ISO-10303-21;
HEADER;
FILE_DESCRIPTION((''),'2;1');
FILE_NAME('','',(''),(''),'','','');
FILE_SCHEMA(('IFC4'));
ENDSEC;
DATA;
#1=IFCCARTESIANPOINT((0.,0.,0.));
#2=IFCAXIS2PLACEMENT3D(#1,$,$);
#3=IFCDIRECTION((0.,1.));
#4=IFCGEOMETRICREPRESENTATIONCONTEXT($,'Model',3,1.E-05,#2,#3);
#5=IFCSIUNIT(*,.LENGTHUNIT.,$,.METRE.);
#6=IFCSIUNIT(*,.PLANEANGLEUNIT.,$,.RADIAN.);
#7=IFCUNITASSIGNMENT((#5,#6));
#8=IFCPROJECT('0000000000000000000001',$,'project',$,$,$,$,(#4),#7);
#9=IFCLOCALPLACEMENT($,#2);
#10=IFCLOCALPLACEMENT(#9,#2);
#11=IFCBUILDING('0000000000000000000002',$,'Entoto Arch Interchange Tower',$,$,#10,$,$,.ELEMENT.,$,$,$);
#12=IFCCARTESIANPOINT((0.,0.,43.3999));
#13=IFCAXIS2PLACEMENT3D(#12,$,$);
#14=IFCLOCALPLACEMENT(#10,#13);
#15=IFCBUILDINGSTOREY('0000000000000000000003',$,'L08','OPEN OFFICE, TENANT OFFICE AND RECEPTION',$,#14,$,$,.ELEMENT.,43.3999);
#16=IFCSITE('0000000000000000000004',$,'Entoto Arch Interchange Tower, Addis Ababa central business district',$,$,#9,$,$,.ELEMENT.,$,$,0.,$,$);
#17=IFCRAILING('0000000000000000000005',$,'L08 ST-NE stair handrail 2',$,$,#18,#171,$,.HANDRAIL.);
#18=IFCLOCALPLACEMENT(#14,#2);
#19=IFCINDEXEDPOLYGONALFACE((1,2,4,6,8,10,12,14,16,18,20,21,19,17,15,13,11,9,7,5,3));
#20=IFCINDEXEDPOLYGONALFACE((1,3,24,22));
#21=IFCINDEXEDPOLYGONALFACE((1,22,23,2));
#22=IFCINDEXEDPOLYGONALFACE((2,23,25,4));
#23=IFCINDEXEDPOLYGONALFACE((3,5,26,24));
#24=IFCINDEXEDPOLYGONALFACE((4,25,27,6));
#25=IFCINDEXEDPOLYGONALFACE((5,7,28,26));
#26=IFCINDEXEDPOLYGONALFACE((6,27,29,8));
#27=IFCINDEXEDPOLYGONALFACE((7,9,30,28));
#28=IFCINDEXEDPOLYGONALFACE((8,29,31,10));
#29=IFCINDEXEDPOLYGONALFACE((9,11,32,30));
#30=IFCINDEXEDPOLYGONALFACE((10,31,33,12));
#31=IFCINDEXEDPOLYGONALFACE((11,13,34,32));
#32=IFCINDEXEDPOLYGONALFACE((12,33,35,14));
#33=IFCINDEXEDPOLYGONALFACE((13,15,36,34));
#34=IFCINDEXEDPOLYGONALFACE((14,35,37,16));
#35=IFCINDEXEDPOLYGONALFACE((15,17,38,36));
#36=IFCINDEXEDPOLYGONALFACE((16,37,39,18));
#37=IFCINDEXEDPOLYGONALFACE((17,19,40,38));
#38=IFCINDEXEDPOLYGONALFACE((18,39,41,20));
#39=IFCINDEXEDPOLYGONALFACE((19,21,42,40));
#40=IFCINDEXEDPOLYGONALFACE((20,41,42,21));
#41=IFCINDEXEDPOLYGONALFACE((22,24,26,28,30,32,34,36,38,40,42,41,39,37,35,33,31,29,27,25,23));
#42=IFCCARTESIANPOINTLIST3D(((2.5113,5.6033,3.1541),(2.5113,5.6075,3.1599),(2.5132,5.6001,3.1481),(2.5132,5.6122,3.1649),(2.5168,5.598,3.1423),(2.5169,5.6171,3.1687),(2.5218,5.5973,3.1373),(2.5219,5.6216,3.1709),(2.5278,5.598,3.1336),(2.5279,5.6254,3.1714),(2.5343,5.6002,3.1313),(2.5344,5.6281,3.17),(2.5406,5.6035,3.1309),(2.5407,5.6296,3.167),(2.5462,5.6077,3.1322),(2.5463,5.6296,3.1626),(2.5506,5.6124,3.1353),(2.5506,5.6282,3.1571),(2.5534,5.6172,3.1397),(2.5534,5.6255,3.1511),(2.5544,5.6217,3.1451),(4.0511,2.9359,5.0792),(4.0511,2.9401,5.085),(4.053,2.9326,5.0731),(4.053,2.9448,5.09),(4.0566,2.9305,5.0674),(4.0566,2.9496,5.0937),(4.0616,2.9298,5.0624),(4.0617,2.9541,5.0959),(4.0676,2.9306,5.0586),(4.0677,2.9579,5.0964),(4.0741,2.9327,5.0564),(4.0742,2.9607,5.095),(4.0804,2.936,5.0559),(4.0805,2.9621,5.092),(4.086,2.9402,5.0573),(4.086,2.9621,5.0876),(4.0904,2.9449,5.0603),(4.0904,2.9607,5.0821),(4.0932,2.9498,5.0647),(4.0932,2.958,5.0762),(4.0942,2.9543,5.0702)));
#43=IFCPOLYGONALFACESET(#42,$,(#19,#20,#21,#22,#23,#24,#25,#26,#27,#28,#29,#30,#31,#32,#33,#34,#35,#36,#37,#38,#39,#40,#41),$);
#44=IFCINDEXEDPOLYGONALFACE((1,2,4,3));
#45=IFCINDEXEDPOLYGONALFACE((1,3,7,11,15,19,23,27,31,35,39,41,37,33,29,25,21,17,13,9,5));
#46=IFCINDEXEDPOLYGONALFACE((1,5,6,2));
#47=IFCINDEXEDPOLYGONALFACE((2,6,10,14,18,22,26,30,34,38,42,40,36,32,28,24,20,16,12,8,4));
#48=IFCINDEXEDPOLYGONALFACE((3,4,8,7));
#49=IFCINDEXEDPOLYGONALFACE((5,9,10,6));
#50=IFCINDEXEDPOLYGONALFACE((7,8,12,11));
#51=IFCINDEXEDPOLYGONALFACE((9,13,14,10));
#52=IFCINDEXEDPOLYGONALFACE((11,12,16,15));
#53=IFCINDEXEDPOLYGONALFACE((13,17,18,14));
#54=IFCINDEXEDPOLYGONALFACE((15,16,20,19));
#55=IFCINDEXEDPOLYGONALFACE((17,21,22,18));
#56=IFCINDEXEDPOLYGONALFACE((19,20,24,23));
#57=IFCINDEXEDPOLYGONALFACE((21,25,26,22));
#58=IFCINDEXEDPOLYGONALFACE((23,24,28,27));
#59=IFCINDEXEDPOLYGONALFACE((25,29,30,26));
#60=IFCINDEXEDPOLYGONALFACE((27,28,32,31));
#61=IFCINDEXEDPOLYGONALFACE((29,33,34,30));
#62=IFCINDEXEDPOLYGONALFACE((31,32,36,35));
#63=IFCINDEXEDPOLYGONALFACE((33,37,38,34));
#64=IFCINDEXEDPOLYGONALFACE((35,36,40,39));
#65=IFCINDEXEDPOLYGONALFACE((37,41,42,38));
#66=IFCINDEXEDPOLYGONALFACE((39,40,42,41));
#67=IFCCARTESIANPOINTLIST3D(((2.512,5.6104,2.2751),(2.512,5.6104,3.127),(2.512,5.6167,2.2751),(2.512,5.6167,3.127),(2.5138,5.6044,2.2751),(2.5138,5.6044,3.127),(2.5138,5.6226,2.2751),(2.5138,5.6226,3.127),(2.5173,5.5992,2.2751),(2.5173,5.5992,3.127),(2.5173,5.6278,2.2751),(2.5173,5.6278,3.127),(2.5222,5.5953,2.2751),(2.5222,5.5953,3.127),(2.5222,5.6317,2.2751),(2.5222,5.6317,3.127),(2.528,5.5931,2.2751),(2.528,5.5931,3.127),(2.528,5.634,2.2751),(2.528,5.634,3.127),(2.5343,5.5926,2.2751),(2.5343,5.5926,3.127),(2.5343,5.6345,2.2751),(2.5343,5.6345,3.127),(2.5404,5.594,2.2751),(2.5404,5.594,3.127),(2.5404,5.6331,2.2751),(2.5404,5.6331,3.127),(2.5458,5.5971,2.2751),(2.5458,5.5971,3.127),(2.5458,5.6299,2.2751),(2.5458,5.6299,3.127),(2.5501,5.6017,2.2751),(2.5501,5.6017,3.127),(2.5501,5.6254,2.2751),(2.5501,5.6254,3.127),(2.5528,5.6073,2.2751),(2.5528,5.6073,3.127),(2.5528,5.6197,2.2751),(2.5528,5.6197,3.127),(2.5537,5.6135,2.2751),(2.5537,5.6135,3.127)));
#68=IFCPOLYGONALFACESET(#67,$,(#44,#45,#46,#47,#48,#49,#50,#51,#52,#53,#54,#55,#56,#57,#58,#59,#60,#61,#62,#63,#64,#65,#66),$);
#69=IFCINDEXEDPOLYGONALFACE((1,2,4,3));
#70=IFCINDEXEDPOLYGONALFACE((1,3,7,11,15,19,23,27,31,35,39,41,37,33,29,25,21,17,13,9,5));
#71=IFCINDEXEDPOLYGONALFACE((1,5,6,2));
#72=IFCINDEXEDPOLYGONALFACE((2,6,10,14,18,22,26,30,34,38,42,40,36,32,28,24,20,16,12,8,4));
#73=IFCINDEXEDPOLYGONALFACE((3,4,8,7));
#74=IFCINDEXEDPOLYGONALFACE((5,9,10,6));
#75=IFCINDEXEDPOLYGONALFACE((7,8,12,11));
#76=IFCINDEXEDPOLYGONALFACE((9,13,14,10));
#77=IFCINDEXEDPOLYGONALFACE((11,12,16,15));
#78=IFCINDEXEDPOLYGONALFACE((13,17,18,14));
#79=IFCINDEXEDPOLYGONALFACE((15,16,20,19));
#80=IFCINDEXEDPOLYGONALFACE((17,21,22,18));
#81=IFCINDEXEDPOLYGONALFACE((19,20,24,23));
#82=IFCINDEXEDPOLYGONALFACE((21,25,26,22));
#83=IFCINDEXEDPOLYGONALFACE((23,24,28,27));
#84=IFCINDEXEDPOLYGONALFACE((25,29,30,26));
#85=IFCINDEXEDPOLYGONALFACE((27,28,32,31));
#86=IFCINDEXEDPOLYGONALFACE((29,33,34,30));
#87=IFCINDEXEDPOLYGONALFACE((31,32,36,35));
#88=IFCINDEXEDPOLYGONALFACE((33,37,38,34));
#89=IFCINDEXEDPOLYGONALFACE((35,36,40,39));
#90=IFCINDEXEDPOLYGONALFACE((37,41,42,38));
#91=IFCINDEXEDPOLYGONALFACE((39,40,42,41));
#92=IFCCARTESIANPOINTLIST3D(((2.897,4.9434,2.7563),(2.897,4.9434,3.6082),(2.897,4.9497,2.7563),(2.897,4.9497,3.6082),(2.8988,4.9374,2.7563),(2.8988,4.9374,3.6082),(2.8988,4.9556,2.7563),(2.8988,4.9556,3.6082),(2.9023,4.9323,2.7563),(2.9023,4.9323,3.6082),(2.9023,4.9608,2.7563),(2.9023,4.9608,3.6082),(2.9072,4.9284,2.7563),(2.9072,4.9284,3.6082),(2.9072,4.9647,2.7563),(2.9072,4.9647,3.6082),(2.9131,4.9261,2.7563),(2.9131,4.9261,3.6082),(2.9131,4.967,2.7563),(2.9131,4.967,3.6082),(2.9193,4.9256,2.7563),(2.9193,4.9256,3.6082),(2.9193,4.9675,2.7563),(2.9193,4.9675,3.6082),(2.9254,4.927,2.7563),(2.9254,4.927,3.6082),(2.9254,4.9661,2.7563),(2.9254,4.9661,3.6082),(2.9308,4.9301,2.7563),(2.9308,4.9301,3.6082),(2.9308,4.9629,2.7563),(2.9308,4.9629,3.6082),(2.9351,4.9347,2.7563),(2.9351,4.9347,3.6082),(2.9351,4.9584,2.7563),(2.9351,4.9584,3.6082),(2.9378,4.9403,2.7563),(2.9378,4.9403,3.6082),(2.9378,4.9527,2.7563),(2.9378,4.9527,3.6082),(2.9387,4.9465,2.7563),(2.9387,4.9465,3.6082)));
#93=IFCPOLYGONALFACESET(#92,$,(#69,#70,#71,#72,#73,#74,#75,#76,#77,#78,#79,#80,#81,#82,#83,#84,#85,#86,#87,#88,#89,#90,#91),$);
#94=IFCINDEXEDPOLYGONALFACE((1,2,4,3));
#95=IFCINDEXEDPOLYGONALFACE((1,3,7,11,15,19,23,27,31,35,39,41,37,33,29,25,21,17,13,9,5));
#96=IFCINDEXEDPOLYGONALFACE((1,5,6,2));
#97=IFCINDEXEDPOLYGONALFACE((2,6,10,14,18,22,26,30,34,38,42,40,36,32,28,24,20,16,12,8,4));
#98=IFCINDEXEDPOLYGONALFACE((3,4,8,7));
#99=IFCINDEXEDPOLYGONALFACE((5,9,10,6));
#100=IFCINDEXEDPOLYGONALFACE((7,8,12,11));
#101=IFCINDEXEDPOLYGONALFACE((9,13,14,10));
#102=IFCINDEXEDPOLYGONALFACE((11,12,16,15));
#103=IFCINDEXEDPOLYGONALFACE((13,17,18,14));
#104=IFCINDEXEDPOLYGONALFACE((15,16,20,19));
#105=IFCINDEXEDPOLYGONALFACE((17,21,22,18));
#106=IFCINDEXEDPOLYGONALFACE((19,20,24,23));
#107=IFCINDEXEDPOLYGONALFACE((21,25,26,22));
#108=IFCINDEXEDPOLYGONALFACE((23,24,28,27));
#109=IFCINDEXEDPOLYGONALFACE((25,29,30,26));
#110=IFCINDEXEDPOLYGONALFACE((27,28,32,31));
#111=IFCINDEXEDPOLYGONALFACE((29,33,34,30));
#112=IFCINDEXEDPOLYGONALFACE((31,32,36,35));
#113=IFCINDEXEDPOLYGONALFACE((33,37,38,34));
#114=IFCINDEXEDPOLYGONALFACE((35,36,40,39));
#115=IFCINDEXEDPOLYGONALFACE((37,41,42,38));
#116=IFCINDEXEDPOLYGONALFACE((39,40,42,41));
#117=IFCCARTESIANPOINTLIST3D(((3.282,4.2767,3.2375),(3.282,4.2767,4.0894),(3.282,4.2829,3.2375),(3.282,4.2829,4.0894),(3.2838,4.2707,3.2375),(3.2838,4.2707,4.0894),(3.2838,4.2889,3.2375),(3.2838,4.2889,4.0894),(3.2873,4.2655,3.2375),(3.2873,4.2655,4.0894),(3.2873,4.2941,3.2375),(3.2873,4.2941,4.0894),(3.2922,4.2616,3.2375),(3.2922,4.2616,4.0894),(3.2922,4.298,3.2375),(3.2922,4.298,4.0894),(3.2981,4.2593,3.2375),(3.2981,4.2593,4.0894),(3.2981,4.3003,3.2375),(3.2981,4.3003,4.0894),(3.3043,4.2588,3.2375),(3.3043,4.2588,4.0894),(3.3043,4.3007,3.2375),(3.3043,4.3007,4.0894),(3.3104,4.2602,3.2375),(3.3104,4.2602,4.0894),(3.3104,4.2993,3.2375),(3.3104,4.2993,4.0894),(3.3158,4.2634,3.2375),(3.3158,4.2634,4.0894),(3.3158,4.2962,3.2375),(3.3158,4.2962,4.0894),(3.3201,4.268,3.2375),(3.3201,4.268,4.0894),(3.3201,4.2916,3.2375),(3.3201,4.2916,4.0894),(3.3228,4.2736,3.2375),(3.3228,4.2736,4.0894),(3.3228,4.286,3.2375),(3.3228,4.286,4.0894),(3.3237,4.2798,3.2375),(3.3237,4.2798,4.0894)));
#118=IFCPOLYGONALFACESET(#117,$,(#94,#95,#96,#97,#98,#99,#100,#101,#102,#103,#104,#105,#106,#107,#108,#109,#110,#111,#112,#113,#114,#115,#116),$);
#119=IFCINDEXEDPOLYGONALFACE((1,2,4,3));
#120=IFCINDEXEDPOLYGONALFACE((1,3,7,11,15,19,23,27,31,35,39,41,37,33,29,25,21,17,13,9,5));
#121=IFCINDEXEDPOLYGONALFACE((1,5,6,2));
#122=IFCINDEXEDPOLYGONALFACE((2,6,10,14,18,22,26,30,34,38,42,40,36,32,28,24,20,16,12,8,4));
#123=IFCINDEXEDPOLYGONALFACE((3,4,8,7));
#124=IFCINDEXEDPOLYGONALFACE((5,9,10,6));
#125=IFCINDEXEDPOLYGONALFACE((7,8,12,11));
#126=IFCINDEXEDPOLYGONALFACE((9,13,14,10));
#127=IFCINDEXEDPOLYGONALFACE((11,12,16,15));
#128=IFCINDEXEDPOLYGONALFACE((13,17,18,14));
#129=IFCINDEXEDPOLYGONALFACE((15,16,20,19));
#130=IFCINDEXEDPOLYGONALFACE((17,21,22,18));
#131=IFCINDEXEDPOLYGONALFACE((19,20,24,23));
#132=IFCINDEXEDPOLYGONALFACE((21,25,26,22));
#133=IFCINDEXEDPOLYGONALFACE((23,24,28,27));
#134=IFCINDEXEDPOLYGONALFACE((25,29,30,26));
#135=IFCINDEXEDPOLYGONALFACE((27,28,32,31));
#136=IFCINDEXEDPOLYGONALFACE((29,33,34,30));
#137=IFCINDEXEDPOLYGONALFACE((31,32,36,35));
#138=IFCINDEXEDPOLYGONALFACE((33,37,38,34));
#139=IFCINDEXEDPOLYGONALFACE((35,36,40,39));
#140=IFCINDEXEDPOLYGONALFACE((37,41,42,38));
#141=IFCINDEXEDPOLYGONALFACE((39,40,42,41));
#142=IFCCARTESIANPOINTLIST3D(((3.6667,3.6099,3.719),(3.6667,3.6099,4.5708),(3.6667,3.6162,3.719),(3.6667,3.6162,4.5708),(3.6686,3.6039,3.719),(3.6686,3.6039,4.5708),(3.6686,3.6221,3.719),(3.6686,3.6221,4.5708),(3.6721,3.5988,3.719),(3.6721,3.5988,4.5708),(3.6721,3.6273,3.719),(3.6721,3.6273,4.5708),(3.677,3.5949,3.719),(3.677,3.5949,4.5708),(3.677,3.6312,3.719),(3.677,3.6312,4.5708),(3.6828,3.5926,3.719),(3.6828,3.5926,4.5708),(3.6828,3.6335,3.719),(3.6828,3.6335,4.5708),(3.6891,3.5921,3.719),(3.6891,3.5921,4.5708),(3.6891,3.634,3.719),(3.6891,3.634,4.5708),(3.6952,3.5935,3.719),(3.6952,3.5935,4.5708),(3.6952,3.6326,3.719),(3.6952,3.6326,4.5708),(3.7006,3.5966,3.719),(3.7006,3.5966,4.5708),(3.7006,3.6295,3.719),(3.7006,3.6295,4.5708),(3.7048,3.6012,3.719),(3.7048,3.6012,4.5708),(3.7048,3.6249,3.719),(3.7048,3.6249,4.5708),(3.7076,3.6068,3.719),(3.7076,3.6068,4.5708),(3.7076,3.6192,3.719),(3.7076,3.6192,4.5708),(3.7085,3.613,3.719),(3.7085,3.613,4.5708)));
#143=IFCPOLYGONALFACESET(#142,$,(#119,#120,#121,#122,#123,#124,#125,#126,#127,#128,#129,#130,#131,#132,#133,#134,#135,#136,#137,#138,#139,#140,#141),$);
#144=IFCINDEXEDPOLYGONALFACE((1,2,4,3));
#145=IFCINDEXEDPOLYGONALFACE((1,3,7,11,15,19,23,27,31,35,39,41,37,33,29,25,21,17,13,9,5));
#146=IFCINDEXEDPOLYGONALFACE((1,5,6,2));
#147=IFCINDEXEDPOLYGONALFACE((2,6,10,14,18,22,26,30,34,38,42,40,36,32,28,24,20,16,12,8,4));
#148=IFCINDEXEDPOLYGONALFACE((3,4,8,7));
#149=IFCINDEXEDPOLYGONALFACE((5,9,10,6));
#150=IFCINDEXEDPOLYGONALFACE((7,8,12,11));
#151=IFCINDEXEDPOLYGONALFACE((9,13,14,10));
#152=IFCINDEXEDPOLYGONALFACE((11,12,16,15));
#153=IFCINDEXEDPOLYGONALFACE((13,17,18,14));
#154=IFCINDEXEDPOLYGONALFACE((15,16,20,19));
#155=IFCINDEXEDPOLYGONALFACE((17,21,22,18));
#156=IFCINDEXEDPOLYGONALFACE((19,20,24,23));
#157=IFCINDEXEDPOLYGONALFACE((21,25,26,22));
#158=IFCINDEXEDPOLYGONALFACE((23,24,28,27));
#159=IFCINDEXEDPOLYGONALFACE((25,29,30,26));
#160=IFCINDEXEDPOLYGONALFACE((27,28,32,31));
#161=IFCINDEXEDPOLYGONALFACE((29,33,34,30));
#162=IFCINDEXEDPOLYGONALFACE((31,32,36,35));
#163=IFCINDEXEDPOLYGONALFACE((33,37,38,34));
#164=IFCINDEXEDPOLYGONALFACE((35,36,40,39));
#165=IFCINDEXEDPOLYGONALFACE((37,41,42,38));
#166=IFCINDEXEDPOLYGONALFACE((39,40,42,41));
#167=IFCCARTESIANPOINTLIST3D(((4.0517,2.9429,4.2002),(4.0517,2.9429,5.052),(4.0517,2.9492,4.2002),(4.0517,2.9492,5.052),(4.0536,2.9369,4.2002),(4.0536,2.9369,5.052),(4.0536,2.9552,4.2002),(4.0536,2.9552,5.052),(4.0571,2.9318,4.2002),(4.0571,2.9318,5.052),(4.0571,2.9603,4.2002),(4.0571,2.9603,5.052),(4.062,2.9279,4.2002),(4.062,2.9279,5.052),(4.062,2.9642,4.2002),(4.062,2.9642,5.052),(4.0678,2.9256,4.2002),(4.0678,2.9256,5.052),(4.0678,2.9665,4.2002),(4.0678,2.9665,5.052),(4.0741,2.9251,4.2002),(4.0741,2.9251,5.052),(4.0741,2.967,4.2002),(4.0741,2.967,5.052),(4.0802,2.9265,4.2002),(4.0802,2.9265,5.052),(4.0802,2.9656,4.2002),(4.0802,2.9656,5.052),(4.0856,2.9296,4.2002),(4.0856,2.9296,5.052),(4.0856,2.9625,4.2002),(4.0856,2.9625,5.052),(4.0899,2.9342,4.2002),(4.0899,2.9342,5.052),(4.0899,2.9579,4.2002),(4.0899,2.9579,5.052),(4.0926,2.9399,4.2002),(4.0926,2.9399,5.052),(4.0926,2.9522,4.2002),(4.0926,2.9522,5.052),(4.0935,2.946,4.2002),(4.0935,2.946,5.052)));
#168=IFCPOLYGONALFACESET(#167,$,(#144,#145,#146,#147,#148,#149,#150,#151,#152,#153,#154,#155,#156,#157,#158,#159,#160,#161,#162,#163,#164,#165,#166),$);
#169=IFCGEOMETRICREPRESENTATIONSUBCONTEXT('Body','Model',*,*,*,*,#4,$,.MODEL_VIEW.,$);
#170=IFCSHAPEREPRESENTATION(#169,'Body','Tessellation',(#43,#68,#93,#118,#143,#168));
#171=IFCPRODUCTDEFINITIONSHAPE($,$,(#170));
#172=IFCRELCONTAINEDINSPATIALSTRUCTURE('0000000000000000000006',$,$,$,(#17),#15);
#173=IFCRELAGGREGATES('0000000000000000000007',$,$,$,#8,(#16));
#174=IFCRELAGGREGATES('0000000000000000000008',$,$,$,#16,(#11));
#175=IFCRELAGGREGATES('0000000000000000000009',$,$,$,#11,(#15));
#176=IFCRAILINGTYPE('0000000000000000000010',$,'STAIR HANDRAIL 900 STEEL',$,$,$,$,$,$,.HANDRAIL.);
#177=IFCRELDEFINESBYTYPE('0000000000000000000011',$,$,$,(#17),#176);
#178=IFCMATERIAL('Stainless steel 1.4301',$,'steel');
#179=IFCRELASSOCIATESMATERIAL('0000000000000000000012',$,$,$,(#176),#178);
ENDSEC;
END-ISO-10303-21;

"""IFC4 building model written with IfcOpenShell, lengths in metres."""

from ifc_helpers import new_model, si_unit, direction, frame, origin, origin_2d, place, context, subcontext, project, spatial, circle, extrude, material, type_object, element, save


model = new_model("IFC4")

# Units and contexts
model_context = context("Model", 3, precision=1e-05, world=origin(), true_north=direction((0.0, 1.0)))
body_context = subcontext(model_context, "Body", "Model", "MODEL_VIEW")
ifc_project = project(units=[si_unit("LENGTHUNIT", "METRE"), si_unit("PLANEANGLEUNIT", "RADIAN")], contexts=[model_context])

# Site, building, storey
site_placement = place(None, origin())
site = spatial("IfcSite", under=ifc_project, at=site_placement, Name="Entoto Arch Interchange Tower, Addis Ababa central business district", CompositionType="ELEMENT", RefElevation=0.0)
building_placement = place(site_placement, origin())
building = spatial("IfcBuilding", under=site, at=building_placement, Name="Entoto Arch Interchange Tower", CompositionType="ELEMENT")
storey_placement = place(building_placement, frame((0.0, 0.0, 43.3999)))
storey = spatial("IfcBuildingStorey", under=building, at=storey_placement, Name="L08", Description="OPEN OFFICE, TENANT OFFICE AND RECEPTION", CompositionType="ELEMENT", Elevation=43.3999)

# Railing
ifc_material_1 = material(Name="Stainless steel 1.4301", Category="steel")
railing_type_1 = type_object("IfcRailingType", Name="STAIR HANDRAIL 900 STEEL", PredefinedType="HANDRAIL", material=ifc_material_1)
railing_1_placement = place(storey_placement, frame((2.5327, 5.6135, 2.2751)))
element("IfcRailing", 1, at=railing_1_placement, inside=storey, type_object=railing_type_1, Name="L08 ST-NE stair handrail 2", PredefinedType="HANDRAIL", context=body_context, shape_type="SweptSolid", body=[
    extrude(circle(Radius=0.0239, at=origin_2d()), frame((0.0, 0.0, 0.876), z_axis=(0.423939, -0.734416, 0.530008), x_axis=(0.866064, 0.499933, 0.0)), (0.0, 0.0, 1.0), 3.6321),
    extrude(circle(Radius=0.021, at=origin_2d()), origin(), (0.0, 0.0, 1.0), 0.8518),
    extrude(circle(Radius=0.021, at=origin_2d()), frame((0.385, -0.667, 0.4812)), (0.0, 0.0, 1.0), 0.8518),
    extrude(circle(Radius=0.021, at=origin_2d()), frame((0.77, -1.3337, 0.9624)), (0.0, 0.0, 1.0), 0.8518),
    extrude(circle(Radius=0.021, at=origin_2d()), frame((1.1548, -2.0005, 1.4438)), (0.0, 0.0, 1.0), 0.8518),
    extrude(circle(Radius=0.021, at=origin_2d()), frame((1.5398, -2.6675, 1.925)), (0.0, 0.0, 1.0), 0.8518),
])

save(model, "model.ifc")
